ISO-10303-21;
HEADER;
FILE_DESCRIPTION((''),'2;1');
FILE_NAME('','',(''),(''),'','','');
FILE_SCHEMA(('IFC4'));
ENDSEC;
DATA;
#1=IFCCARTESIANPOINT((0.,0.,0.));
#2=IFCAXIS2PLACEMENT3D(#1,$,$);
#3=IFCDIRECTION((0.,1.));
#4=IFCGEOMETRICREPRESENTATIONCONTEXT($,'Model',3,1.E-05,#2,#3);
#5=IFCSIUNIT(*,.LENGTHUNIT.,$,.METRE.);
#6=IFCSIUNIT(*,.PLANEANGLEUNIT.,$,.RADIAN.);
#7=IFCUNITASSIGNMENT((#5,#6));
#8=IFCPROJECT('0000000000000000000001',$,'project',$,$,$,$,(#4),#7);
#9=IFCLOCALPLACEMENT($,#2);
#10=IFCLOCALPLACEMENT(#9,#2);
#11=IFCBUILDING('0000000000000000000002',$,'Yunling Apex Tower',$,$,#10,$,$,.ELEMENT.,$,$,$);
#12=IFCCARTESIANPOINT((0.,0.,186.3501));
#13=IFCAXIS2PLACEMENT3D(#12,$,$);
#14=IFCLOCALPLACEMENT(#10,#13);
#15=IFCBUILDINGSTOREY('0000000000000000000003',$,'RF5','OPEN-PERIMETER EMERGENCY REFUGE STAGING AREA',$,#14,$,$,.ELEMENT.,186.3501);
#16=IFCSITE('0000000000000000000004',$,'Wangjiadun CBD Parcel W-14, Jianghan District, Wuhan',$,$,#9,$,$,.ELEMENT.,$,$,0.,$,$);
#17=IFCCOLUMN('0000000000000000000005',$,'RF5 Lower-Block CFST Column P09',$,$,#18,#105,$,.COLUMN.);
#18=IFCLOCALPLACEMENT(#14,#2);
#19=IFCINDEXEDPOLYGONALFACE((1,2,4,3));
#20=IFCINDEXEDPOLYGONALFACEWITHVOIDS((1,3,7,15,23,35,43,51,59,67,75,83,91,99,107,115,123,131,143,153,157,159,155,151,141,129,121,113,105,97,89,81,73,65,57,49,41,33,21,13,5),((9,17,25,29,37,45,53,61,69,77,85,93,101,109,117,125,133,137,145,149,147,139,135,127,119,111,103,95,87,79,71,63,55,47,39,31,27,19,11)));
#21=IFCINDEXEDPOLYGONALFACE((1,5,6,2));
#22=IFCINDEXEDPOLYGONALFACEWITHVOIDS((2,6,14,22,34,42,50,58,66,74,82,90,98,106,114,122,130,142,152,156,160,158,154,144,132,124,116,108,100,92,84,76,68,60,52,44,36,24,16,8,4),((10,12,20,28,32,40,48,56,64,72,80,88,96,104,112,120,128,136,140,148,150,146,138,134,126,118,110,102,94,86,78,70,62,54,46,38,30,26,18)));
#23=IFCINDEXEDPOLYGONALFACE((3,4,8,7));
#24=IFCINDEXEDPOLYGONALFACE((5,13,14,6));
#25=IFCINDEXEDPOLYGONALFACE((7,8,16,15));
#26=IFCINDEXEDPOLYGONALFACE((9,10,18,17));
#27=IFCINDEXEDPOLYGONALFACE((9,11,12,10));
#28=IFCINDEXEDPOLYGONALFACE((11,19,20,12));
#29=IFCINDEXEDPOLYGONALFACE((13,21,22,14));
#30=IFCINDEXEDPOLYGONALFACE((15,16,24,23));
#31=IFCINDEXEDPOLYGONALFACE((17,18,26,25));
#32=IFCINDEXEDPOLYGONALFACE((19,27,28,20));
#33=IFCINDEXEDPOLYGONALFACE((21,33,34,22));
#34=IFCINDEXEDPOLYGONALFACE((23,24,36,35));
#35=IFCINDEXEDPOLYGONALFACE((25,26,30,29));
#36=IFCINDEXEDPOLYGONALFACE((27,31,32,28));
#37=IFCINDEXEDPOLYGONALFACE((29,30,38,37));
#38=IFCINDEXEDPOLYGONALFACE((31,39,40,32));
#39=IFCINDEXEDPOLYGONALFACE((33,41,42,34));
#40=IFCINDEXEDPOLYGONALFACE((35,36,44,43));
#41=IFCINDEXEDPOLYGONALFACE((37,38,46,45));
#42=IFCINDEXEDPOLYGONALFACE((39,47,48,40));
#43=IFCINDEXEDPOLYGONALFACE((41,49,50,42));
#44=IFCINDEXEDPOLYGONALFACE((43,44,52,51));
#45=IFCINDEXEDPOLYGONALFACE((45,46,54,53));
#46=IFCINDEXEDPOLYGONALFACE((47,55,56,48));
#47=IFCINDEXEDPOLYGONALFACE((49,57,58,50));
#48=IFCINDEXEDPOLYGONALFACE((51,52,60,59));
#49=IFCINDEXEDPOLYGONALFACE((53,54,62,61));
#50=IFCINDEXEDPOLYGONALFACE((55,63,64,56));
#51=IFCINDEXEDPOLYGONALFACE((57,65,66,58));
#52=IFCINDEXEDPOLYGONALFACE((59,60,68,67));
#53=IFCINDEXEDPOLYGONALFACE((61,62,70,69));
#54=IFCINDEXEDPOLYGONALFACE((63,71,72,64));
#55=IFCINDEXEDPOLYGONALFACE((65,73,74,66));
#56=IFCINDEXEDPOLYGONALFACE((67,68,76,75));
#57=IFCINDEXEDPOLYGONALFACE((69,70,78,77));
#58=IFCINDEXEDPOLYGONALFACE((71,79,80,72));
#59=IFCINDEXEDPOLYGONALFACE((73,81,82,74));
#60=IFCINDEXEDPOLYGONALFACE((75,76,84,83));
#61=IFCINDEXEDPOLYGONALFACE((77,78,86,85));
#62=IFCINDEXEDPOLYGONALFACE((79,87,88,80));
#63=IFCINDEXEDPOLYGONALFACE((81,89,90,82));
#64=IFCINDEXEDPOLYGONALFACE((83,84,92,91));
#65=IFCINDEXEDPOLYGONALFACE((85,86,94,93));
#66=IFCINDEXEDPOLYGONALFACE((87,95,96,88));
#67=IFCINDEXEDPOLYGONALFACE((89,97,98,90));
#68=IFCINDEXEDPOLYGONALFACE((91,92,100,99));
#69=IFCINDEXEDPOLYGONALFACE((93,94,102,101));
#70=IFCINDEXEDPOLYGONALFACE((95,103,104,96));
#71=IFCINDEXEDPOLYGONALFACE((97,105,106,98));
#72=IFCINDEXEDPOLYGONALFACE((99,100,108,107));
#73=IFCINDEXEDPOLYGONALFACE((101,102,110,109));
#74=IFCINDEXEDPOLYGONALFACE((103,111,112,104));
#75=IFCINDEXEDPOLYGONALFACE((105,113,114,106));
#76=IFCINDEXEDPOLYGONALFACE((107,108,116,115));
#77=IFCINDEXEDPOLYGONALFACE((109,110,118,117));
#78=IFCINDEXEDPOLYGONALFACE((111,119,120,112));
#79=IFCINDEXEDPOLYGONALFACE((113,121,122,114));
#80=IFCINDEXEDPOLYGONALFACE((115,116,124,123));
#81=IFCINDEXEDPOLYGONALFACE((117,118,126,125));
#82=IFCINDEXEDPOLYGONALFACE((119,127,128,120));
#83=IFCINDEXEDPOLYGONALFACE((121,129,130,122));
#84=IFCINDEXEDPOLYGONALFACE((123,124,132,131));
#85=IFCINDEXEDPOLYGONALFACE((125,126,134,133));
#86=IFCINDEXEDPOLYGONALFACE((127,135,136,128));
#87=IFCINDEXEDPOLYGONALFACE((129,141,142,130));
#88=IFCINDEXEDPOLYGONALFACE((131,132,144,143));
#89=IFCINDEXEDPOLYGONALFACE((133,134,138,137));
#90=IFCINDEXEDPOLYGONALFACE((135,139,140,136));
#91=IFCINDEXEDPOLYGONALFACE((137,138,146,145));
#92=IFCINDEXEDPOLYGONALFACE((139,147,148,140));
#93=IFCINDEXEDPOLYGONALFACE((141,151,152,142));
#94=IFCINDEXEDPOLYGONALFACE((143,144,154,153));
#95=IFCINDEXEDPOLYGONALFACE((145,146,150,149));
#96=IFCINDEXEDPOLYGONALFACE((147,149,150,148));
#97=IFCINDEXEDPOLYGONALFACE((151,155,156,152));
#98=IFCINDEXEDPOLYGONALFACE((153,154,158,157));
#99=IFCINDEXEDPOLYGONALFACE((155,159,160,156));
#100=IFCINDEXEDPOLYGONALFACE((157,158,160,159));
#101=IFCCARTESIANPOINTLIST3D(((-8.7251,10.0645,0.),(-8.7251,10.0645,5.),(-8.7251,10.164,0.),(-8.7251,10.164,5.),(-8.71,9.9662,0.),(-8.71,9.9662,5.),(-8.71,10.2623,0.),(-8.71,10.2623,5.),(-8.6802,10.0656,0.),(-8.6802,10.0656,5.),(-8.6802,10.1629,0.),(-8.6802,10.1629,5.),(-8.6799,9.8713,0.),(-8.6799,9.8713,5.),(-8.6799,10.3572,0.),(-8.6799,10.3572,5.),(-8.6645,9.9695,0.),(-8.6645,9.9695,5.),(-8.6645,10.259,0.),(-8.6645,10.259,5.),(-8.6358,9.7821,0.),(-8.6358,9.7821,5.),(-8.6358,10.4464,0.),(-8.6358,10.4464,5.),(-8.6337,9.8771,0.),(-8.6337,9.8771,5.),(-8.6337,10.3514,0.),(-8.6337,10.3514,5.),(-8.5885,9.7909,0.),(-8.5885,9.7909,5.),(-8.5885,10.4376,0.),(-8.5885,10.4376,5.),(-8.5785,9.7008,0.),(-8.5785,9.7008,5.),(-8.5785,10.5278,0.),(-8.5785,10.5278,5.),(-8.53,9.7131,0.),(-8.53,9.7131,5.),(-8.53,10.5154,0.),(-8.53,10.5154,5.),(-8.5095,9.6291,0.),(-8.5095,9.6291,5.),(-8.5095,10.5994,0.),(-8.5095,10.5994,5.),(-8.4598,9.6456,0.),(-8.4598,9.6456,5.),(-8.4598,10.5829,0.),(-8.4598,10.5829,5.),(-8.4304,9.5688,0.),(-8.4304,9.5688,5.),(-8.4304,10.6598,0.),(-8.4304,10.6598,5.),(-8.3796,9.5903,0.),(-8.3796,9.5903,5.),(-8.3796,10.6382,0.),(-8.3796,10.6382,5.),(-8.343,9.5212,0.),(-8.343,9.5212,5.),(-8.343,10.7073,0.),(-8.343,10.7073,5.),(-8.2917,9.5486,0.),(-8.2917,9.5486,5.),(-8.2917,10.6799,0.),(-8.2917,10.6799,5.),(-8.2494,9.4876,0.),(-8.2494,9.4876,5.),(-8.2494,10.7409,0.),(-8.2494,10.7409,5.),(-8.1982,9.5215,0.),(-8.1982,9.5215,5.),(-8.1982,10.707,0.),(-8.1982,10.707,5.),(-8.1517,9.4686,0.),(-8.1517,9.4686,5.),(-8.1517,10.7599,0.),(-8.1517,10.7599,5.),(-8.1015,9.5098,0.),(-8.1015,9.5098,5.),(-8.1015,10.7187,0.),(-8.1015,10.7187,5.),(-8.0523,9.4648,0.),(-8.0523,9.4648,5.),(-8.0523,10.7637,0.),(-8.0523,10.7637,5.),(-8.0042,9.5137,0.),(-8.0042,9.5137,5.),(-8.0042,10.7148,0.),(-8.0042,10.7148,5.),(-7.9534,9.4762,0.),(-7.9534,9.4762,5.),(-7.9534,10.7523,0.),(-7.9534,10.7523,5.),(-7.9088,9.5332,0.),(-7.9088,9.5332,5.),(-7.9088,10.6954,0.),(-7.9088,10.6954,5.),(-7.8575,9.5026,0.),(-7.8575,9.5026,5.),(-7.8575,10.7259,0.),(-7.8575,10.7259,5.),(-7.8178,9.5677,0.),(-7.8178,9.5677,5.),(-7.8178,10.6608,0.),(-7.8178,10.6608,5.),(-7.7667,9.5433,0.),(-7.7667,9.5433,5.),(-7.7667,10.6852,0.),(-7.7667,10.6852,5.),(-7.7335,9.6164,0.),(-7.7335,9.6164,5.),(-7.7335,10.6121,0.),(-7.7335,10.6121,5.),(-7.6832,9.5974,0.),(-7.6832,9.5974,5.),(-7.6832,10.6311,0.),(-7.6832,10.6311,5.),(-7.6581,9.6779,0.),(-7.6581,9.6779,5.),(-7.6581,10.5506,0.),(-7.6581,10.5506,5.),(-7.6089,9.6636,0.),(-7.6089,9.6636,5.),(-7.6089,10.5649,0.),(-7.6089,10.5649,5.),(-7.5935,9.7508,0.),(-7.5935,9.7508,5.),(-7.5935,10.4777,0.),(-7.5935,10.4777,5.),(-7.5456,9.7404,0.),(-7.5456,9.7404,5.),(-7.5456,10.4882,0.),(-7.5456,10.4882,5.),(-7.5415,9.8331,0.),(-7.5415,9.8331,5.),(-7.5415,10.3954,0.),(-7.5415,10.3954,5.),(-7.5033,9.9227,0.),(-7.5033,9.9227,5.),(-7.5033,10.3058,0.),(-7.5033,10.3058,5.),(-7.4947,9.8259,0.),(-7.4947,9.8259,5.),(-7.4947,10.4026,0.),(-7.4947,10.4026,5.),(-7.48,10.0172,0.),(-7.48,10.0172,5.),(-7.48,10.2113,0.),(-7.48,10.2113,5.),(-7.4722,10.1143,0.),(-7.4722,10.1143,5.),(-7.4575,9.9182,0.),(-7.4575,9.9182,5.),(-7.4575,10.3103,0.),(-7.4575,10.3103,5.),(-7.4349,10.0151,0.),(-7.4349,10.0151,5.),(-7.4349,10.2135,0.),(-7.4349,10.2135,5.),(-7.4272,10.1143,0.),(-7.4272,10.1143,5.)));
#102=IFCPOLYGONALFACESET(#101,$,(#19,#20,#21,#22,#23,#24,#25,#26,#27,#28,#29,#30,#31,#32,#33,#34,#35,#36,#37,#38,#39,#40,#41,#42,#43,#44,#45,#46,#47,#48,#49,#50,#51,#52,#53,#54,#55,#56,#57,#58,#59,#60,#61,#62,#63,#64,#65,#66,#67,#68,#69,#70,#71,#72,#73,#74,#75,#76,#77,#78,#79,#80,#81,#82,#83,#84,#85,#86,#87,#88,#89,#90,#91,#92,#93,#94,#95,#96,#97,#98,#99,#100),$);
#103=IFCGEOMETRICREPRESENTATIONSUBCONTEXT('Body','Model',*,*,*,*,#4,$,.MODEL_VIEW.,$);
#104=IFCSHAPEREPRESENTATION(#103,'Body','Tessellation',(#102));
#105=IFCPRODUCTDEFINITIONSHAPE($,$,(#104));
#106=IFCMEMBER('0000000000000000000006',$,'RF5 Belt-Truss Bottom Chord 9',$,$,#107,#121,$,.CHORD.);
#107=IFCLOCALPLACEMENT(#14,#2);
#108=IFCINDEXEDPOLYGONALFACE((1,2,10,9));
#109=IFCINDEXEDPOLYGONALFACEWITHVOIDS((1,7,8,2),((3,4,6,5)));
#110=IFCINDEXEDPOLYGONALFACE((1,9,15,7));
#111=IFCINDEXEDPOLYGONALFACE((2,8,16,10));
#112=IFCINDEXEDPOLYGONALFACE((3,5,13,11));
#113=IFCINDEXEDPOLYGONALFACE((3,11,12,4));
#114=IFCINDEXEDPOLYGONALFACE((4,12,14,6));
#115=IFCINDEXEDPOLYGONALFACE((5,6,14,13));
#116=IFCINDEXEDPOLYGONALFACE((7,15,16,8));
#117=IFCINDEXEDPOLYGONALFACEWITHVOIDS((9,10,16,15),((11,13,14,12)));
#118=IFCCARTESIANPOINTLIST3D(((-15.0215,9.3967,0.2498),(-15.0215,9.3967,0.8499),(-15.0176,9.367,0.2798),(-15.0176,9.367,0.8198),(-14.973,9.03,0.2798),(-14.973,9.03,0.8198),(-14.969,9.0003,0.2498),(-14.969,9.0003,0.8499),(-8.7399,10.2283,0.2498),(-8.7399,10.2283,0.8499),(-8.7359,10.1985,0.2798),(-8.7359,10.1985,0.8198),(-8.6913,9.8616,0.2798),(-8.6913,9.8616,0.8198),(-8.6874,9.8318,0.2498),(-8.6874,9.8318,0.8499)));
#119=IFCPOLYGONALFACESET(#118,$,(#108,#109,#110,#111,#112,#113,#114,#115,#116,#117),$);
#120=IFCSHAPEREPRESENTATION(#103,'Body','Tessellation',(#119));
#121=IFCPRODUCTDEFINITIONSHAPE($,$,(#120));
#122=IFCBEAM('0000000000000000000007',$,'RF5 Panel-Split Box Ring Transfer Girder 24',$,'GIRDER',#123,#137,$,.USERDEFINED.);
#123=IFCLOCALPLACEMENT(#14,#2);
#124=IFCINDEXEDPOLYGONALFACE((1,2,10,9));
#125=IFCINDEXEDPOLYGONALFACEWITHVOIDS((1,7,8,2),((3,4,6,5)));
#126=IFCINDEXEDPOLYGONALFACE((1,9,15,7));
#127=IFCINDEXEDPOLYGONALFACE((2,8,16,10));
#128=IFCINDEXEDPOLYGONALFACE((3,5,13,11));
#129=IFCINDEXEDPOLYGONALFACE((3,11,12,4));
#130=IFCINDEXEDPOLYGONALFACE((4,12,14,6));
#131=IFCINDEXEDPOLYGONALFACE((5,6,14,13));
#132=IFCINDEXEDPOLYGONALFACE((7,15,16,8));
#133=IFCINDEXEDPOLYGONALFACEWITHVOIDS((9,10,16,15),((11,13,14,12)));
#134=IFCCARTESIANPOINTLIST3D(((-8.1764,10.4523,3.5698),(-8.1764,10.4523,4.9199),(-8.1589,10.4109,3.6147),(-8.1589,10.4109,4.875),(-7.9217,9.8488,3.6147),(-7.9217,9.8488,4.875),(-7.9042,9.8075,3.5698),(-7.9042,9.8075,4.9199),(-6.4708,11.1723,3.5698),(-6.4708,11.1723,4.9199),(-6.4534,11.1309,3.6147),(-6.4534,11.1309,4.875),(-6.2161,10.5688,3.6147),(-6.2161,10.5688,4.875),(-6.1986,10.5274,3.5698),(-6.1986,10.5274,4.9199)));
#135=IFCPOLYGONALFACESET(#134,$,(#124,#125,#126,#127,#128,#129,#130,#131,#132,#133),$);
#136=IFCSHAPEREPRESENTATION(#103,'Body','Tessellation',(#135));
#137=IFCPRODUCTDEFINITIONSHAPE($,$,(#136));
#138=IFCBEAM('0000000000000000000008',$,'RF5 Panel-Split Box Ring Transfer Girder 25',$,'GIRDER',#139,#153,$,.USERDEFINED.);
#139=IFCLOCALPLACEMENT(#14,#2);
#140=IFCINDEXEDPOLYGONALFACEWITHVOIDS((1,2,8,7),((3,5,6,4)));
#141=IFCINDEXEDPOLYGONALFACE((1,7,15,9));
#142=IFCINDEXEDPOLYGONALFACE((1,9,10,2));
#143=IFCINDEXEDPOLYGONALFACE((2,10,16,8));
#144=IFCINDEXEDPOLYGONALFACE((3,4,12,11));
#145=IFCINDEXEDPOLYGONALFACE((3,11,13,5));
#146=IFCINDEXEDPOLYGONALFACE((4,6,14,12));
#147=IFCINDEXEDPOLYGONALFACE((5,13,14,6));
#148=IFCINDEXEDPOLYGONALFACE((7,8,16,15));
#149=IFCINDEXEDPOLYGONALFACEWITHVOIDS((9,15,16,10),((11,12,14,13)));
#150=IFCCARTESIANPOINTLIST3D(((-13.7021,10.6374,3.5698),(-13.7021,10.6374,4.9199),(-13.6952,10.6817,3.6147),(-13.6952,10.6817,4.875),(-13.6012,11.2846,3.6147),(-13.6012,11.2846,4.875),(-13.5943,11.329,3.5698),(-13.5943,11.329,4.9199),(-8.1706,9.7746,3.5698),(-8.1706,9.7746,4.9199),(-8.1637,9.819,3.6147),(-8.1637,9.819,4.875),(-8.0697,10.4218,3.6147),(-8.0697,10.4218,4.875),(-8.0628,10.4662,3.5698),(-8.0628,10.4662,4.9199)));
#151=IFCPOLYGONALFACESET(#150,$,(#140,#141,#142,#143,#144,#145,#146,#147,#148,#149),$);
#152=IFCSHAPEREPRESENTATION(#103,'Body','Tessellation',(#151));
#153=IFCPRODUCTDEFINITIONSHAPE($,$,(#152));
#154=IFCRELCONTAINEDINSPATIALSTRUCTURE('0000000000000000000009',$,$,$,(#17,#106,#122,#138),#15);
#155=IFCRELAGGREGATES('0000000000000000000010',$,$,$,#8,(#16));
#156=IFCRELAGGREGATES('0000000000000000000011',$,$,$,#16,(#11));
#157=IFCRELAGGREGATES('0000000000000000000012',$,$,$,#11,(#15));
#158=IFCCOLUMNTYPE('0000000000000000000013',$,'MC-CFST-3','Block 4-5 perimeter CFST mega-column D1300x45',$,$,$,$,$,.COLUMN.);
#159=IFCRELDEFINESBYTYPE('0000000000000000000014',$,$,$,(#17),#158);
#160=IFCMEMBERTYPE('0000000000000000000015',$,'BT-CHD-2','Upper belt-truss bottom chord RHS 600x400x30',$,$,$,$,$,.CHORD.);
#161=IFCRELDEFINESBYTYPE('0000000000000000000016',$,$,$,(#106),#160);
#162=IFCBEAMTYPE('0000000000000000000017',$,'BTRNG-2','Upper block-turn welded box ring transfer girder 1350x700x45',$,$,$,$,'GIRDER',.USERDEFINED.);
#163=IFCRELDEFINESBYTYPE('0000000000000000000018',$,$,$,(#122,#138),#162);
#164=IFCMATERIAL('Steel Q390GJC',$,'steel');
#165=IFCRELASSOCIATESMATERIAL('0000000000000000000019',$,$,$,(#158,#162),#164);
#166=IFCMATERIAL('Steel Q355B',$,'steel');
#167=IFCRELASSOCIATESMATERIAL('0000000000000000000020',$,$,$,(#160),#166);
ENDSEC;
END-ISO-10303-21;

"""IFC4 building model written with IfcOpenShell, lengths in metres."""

from ifc_helpers import new_model, si_unit, direction, frame, origin, origin_2d, place, context, subcontext, project, spatial, hollow_rectangle, hollow_circle, extrude, source, transform, mapped, material, material_profile, profile_set, type_object, element, save


model = new_model("IFC4")

# Units and contexts
model_context = context("Model", 3, precision=1e-05, world=origin(), true_north=direction((0.0, 1.0)))
body_context = subcontext(model_context, "Body", "Model", "MODEL_VIEW")
ifc_project = project(units=[si_unit("LENGTHUNIT", "METRE"), si_unit("PLANEANGLEUNIT", "RADIAN")], contexts=[model_context])

# Site, building, storey
site_placement = place(None, origin())
site = spatial("IfcSite", under=ifc_project, at=site_placement, Name="Wangjiadun CBD Parcel W-14, Jianghan District, Wuhan", CompositionType="ELEMENT", RefElevation=0.0)
building_placement = place(site_placement, origin())
building = spatial("IfcBuilding", under=site, at=building_placement, Name="Yunling Apex Tower", CompositionType="ELEMENT")
storey_placement = place(building_placement, frame((0.0, 0.0, 186.3501)))
storey = spatial("IfcBuildingStorey", under=building, at=storey_placement, Name="RF5", Description="OPEN-PERIMETER EMERGENCY REFUGE STAGING AREA", CompositionType="ELEMENT", Elevation=186.3501)

# Column
ifc_material_1 = material(Name="Steel Q390GJC", Category="steel")
ifc_material_profile_1 = material_profile(ifc_material_1, hollow_circle(Radius=0.6499, WallThickness=0.0449, at=origin_2d()))
ifc_profile_set_1 = profile_set([ifc_material_profile_1], Name="Steel Q390GJC")
column_type = type_object("IfcColumnType", Name="MC-CFST-3", Description="Block 4-5 perimeter CFST mega-column D1300x45", PredefinedType="COLUMN", material=ifc_profile_set_1)
shared_shape_1 = source(origin(), body_context, "Body", "SweptSolid", [
    extrude(hollow_circle(Radius=0.6499, WallThickness=0.0449, at=origin_2d()), origin(), (0.0, 0.0, 1.0), 5.0),
])
column_placement = place(storey_placement, frame((-8.0771, 10.1143, 0.0), z_axis=(0.0, 0.0, 1.0), x_axis=(1.0, 0.0, 0.0)))
element("IfcColumn", 1, at=column_placement, inside=storey, type_object=column_type, Name="RF5 Lower-Block CFST Column P09", PredefinedType="COLUMN", context=body_context, shape_type="MappedRepresentation", body=[
    mapped(shared_shape_1, transform((0.0, 0.0, 0.0), scale=1.0)),
])

# Member
ifc_material_2 = material(Name="Steel Q355B", Category="steel")
ifc_material_profile_2 = material_profile(ifc_material_2, hollow_rectangle(XDim=0.3999, YDim=0.6001, WallThickness=0.03, at=origin_2d()))
ifc_profile_set_2 = profile_set([ifc_material_profile_2], Name="Steel Q355B")
member_type_1 = type_object("IfcMemberType", Name="BT-CHD-2", Description="Upper belt-truss bottom chord RHS 600x400x30", PredefinedType="CHORD", material=ifc_profile_set_2)
shared_shape_2 = source(origin(), body_context, "Body", "SweptSolid", [
    extrude(hollow_rectangle(XDim=0.3999, YDim=0.6001, WallThickness=0.03, at=origin_2d()), origin(), (0.0, 0.0, 1.0), 6.3364),
])
member_1_placement = place(storey_placement, frame((-8.7136, 10.03, 0.5498), z_axis=(-0.991352, -0.13123, 0.0), x_axis=(0.13123, -0.991352, 0.0)))
element("IfcMember", 2, at=member_1_placement, inside=storey, type_object=member_type_1, Name="RF5 Belt-Truss Bottom Chord 9", PredefinedType="CHORD", context=body_context, shape_type="MappedRepresentation", body=[
    mapped(shared_shape_2, transform((0.0, 0.0, 0.0), scale=1.0)),
])

# Beams
ifc_material_profile_3 = material_profile(ifc_material_1, hollow_rectangle(XDim=0.7, YDim=1.3501, WallThickness=0.0449, at=origin_2d()))
ifc_profile_set_3 = profile_set([ifc_material_profile_3], Name="Steel Q390GJC")
beam_type = type_object("IfcBeamType", Name="BTRNG-2", Description="Upper block-turn welded box ring transfer girder 1350x700x45", ElementType="GIRDER", PredefinedType="USERDEFINED", material=ifc_profile_set_3)
shared_shape_3 = source(origin(), body_context, "Body", "SweptSolid", [
    extrude(hollow_rectangle(XDim=0.7, YDim=1.3501, WallThickness=0.0449, at=origin_2d()), origin(), (0.0, 0.0, 1.0), 1.8513),
])
beam_1_placement = place(storey_placement, frame((-6.3347, 10.8499, 4.2449), z_axis=(-0.92128, -0.3889, 0.0), x_axis=(0.3889, -0.92128, 0.0)))
element("IfcBeam", 3, at=beam_1_placement, inside=storey, type_object=beam_type, Name="RF5 Panel-Split Box Ring Transfer Girder 24", ObjectType="GIRDER", PredefinedType="USERDEFINED", context=body_context, shape_type="MappedRepresentation", body=[
    mapped(shared_shape_3, transform((0.0, 0.0, 0.0), scale=1.0)),
])
shared_shape_4 = source(origin(), body_context, "Body", "SweptSolid", [
    extrude(hollow_rectangle(XDim=0.7, YDim=1.3501, WallThickness=0.0449, at=origin_2d()), origin(), (0.0, 0.0, 1.0), 5.5984),
])
beam_2_placement = place(storey_placement, frame((-8.1167, 10.1204, 4.2449), z_axis=(-0.988053, 0.154115, 0.0), x_axis=(-0.154115, -0.988053, 0.0)))
element("IfcBeam", 4, at=beam_2_placement, inside=storey, type_object=beam_type, Name="RF5 Panel-Split Box Ring Transfer Girder 25", ObjectType="GIRDER", PredefinedType="USERDEFINED", context=body_context, shape_type="MappedRepresentation", body=[
    mapped(shared_shape_4, transform((0.0, 0.0, 0.0), scale=1.0)),
])

save(model, "model.ifc")
